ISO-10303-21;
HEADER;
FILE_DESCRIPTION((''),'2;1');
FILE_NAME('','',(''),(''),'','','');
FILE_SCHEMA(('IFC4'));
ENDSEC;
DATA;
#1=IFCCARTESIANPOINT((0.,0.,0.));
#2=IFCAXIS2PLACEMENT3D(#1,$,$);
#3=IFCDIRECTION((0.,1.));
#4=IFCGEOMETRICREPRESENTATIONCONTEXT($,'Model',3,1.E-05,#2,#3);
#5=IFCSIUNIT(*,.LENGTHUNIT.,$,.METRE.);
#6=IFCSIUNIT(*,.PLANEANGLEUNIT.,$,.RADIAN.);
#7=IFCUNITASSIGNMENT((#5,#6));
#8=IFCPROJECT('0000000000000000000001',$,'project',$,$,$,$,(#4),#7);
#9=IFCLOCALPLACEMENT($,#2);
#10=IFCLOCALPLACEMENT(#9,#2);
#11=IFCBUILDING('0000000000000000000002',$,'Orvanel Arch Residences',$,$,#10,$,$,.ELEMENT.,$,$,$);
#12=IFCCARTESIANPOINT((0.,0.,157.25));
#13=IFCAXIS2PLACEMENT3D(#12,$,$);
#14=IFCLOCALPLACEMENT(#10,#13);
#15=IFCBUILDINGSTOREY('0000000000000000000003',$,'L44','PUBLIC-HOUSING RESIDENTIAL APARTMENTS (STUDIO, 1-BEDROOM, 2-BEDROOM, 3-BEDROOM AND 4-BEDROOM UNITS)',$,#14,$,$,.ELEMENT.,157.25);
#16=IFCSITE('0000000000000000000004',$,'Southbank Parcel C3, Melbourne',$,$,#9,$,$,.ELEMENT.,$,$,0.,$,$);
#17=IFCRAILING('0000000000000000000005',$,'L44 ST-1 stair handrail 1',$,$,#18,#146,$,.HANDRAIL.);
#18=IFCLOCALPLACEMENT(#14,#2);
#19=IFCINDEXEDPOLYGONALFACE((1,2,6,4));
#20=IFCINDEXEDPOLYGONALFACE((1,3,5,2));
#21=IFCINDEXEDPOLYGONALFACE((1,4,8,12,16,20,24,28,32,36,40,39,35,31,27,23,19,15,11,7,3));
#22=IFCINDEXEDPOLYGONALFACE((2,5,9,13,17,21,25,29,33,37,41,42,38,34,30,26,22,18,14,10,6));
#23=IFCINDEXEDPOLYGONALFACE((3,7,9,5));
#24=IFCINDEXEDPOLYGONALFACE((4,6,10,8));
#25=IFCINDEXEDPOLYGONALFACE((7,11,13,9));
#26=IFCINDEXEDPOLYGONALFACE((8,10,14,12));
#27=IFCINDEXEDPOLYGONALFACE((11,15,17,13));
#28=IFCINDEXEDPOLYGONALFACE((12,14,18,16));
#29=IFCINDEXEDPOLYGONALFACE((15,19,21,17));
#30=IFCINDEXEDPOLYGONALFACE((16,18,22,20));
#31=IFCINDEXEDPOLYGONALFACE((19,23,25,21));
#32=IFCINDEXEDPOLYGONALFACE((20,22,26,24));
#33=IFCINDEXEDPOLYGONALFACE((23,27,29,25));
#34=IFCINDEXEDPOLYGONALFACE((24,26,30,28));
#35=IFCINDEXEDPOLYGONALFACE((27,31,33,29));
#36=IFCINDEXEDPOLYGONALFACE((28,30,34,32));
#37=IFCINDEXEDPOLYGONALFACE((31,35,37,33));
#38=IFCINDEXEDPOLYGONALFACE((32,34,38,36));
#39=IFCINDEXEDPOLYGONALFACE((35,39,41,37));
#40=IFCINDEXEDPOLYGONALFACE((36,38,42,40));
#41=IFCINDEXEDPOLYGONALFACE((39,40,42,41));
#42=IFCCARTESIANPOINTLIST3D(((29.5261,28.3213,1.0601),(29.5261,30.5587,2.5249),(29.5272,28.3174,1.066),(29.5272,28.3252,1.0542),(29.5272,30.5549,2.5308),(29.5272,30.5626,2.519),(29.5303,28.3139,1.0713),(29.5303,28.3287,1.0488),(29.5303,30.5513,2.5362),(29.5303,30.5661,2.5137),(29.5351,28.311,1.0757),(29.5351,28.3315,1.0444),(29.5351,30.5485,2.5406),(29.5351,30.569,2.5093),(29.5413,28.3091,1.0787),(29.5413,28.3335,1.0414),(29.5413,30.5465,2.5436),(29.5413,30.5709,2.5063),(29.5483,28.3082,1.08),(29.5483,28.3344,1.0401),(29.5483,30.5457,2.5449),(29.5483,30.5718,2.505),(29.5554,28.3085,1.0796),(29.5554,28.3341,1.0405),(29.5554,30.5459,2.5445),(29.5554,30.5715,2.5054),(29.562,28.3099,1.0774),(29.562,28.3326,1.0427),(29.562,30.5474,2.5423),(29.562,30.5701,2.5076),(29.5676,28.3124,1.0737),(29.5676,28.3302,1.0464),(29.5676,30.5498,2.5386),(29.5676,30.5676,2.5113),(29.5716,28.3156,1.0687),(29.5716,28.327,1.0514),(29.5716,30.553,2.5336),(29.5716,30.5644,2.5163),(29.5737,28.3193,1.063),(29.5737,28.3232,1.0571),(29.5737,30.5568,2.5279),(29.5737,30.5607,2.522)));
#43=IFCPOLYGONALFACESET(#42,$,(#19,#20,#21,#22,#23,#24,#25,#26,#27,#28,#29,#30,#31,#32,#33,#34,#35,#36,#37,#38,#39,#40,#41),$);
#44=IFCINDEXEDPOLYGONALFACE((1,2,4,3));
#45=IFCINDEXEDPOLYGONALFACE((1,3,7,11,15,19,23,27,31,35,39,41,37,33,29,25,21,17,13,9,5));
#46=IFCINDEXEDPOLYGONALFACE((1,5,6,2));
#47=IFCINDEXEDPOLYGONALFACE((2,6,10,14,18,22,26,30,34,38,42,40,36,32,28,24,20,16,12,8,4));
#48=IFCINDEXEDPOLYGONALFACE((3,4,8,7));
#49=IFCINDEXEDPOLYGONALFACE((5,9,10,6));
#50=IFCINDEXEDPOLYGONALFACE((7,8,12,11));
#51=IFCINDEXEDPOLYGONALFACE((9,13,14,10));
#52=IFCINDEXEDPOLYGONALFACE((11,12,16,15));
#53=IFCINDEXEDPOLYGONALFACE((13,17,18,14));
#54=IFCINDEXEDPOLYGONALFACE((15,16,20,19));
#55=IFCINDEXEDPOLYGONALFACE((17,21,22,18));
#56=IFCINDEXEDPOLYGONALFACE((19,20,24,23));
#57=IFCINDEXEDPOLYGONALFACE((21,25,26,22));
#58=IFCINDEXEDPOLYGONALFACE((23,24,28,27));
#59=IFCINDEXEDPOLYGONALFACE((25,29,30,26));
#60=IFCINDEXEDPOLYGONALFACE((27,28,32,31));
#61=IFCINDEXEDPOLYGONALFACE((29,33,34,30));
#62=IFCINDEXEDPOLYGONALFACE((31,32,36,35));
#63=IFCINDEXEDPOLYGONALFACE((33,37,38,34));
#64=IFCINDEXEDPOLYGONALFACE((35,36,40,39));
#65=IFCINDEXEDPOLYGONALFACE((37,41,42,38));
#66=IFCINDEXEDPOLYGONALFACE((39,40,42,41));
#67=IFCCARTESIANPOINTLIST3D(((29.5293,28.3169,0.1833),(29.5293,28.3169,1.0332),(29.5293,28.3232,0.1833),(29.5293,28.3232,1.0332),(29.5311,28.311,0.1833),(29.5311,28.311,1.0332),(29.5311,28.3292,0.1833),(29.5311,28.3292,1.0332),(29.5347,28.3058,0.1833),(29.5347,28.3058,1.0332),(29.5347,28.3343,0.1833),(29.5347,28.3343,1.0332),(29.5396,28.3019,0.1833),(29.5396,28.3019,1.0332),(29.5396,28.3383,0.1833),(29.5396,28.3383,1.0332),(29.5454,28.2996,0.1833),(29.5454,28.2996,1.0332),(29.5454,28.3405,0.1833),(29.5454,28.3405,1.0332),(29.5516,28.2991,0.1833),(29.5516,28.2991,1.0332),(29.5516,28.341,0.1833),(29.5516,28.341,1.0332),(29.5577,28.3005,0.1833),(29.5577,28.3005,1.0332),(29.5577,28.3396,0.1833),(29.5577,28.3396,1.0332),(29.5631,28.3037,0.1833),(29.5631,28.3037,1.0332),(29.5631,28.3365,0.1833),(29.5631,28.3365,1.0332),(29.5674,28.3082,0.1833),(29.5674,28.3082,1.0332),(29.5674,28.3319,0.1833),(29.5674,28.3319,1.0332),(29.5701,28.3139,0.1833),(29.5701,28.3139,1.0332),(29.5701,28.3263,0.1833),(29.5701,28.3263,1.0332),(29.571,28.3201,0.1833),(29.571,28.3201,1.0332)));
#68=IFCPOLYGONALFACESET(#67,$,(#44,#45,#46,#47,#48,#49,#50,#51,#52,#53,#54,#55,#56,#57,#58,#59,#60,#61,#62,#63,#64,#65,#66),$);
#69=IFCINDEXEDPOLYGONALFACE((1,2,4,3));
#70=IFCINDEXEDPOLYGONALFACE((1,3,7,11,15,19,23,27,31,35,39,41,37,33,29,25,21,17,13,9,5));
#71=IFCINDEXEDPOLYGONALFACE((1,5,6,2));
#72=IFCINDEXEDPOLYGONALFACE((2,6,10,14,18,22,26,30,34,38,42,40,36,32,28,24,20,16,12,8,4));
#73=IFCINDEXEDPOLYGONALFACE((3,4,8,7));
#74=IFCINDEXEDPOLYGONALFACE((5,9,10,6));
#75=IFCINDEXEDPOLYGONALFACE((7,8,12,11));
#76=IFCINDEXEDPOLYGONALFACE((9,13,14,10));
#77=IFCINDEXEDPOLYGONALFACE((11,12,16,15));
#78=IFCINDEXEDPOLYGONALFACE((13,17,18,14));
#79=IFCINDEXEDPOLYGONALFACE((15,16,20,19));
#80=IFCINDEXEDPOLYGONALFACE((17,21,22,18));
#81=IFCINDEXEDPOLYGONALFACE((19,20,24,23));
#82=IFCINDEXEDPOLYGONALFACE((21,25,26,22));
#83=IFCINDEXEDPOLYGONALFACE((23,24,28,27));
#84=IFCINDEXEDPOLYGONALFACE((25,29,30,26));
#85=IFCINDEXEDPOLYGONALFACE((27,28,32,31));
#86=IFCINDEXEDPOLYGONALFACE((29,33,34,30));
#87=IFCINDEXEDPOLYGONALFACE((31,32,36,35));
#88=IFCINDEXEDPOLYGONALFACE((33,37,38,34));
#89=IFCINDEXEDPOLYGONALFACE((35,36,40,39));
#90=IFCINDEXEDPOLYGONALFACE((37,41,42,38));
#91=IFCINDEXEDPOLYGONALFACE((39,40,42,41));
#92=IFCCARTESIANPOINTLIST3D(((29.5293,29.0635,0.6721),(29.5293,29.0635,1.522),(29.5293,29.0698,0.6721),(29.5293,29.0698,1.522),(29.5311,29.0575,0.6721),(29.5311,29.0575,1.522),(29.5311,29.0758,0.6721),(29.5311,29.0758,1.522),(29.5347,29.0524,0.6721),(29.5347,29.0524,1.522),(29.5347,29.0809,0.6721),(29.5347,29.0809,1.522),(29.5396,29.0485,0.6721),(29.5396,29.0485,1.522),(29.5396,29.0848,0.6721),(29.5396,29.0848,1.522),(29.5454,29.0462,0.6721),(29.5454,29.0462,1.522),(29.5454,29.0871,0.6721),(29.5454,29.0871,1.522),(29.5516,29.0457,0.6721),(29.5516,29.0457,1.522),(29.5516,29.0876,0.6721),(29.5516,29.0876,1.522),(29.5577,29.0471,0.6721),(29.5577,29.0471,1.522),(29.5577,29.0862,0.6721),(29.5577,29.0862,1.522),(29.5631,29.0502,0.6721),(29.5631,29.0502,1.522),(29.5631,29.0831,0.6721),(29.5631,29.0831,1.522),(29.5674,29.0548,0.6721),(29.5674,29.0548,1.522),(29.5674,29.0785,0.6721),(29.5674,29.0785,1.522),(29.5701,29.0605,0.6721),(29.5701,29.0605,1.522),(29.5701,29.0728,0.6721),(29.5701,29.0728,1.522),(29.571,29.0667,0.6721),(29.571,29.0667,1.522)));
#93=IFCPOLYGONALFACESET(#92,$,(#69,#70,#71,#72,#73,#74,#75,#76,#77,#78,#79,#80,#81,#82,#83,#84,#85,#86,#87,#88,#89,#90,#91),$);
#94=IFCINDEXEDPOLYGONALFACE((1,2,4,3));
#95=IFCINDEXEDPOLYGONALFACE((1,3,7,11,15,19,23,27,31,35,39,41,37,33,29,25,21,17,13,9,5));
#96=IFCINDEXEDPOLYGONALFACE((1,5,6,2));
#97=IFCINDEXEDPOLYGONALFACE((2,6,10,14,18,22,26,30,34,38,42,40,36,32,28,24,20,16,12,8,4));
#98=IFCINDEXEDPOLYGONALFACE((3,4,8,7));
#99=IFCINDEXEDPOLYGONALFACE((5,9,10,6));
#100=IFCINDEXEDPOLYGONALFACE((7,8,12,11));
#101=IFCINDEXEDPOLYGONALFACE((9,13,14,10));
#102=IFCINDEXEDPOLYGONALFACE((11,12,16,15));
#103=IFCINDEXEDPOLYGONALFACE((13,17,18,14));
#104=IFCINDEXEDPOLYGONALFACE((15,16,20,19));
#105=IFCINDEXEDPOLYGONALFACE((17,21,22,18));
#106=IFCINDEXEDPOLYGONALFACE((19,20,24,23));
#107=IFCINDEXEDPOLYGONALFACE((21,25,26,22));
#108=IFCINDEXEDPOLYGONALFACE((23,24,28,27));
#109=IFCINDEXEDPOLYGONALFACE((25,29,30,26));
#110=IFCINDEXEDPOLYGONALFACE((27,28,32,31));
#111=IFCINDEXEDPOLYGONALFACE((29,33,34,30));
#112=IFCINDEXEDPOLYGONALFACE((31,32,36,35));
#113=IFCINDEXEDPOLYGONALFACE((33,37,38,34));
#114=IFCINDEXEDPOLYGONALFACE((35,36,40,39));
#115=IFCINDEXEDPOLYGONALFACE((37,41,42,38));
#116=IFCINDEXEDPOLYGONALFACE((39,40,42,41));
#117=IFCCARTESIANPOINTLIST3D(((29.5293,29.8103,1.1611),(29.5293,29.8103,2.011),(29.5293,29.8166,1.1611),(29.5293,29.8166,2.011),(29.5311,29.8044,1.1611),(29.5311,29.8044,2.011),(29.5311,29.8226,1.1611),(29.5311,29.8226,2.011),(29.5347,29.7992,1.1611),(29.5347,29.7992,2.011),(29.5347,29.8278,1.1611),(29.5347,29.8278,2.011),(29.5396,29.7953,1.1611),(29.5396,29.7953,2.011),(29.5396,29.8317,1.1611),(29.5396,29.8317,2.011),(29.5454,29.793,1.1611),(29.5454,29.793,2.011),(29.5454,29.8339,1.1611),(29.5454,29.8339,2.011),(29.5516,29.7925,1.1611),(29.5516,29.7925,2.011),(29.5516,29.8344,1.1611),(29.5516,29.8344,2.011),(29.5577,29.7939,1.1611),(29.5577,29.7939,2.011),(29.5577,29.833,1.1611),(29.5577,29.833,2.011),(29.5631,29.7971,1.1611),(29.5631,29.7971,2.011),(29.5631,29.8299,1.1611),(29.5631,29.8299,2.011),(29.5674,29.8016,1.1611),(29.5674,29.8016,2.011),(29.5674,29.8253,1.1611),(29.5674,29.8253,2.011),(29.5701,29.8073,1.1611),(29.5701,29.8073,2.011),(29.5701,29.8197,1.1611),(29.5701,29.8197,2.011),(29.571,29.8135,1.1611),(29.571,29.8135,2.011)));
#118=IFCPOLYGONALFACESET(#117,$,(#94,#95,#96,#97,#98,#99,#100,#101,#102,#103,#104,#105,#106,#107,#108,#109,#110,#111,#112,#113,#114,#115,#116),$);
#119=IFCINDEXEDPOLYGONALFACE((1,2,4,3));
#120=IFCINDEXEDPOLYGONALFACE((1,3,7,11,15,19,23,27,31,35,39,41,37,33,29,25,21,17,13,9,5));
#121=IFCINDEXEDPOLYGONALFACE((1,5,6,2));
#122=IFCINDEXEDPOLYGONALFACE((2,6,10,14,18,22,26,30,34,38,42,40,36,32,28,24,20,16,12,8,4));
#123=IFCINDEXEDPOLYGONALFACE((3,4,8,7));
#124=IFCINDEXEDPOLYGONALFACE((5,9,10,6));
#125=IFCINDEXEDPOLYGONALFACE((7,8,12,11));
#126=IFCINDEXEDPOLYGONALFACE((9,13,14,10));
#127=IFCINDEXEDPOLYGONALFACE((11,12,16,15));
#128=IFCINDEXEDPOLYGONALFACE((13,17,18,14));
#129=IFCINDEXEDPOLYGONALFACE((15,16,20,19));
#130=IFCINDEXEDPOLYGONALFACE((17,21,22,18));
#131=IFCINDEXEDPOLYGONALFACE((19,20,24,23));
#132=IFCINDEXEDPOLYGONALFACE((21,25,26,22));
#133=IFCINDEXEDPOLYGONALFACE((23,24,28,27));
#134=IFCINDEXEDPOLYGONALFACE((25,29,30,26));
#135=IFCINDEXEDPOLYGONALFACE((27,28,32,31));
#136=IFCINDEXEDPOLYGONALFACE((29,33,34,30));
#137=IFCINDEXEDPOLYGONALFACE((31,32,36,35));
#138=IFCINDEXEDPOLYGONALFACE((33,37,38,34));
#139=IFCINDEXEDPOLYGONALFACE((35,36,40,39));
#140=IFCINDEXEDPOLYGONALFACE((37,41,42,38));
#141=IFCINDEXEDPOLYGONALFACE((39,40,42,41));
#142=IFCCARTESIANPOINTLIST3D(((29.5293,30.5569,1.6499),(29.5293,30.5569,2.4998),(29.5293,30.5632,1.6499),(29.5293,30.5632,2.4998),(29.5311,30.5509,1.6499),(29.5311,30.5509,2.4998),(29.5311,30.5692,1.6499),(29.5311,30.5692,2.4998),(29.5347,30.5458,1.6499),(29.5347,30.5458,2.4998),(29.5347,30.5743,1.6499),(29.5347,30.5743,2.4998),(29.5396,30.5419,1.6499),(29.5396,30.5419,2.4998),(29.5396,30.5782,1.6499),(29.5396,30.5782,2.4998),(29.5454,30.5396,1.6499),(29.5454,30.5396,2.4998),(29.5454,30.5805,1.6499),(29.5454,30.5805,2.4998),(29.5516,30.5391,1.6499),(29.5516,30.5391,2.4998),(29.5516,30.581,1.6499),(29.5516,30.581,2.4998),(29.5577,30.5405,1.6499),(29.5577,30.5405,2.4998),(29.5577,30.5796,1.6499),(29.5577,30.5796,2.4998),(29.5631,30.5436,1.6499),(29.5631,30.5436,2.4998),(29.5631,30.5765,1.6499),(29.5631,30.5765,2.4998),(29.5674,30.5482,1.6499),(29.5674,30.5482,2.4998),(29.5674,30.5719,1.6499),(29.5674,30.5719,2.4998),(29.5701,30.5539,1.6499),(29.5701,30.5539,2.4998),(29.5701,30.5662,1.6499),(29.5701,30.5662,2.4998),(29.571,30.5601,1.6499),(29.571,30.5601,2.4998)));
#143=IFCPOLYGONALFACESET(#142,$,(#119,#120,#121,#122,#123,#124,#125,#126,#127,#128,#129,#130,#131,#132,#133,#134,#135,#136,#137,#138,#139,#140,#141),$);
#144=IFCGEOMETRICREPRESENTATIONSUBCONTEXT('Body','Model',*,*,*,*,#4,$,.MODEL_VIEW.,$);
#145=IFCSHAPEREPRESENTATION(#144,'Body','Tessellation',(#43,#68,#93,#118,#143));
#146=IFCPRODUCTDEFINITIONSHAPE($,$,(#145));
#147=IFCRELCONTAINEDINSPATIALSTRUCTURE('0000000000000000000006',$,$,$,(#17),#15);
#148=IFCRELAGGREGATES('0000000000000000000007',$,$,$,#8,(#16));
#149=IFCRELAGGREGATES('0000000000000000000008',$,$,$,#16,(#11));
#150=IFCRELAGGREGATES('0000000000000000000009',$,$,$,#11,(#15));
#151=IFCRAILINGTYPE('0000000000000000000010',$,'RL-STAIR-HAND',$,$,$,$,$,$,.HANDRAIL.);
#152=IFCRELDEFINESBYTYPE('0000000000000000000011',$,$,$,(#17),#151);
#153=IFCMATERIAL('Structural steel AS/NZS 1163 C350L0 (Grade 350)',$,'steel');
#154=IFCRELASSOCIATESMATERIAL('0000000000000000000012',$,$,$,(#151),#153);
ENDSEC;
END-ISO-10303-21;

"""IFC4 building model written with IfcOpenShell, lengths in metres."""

from ifc_helpers import new_model, si_unit, direction, frame, origin, origin_2d, place, context, subcontext, project, spatial, circle, extrude, material, type_object, element, save


model = new_model("IFC4")

# Units and contexts
model_context = context("Model", 3, precision=1e-05, world=origin(), true_north=direction((0.0, 1.0)))
body_context = subcontext(model_context, "Body", "Model", "MODEL_VIEW")
ifc_project = project(units=[si_unit("LENGTHUNIT", "METRE"), si_unit("PLANEANGLEUNIT", "RADIAN")], contexts=[model_context])

# Site, building, storey
site_placement = place(None, origin())
site = spatial("IfcSite", under=ifc_project, at=site_placement, Name="Southbank Parcel C3, Melbourne", CompositionType="ELEMENT", RefElevation=0.0)
building_placement = place(site_placement, origin())
building = spatial("IfcBuilding", under=site, at=building_placement, Name="Orvanel Arch Residences", CompositionType="ELEMENT")
storey_placement = place(building_placement, frame((0.0, 0.0, 157.25)))
storey = spatial("IfcBuildingStorey", under=building, at=storey_placement, Name="L44", Description="PUBLIC-HOUSING RESIDENTIAL APARTMENTS (STUDIO, 1-BEDROOM, 2-BEDROOM, 3-BEDROOM AND 4-BEDROOM UNITS)", CompositionType="ELEMENT", Elevation=157.25)

# Railing
ifc_material_1 = material(Name="Structural steel AS/NZS 1163 C350L0 (Grade 350)", Category="steel")
railing_type_1 = type_object("IfcRailingType", Name="RL-STAIR-HAND", PredefinedType="HANDRAIL", material=ifc_material_1)
railing_1_placement = place(storey_placement, frame((29.55, 28.3201, 0.1833)))
element("IfcRailing", 1, at=railing_1_placement, inside=storey, type_object=railing_type_1, Name="L44 ST-1 stair handrail 1", PredefinedType="HANDRAIL", context=body_context, shape_type="SweptSolid", body=[
    extrude(circle(Radius=0.0239, at=origin_2d()), frame((0.0, 0.0012, 0.8767), z_axis=(0.0, 0.836637, 0.547758), x_axis=(-1.0, 0.0, 0.0)), (0.0, 0.0, 1.0), 2.6743),
    extrude(circle(Radius=0.021, at=origin_2d()), origin(), (0.0, 0.0, 1.0), 0.8499),
    extrude(circle(Radius=0.021, at=origin_2d()), frame((0.0, 0.7466, 0.4888)), (0.0, 0.0, 1.0), 0.8499),
    extrude(circle(Radius=0.021, at=origin_2d()), frame((0.0, 1.4934, 0.9778)), (0.0, 0.0, 1.0), 0.8499),
    extrude(circle(Radius=0.021, at=origin_2d()), frame((0.0, 2.24, 1.4666)), (0.0, 0.0, 1.0), 0.8499),
])

save(model, "model.ifc")
